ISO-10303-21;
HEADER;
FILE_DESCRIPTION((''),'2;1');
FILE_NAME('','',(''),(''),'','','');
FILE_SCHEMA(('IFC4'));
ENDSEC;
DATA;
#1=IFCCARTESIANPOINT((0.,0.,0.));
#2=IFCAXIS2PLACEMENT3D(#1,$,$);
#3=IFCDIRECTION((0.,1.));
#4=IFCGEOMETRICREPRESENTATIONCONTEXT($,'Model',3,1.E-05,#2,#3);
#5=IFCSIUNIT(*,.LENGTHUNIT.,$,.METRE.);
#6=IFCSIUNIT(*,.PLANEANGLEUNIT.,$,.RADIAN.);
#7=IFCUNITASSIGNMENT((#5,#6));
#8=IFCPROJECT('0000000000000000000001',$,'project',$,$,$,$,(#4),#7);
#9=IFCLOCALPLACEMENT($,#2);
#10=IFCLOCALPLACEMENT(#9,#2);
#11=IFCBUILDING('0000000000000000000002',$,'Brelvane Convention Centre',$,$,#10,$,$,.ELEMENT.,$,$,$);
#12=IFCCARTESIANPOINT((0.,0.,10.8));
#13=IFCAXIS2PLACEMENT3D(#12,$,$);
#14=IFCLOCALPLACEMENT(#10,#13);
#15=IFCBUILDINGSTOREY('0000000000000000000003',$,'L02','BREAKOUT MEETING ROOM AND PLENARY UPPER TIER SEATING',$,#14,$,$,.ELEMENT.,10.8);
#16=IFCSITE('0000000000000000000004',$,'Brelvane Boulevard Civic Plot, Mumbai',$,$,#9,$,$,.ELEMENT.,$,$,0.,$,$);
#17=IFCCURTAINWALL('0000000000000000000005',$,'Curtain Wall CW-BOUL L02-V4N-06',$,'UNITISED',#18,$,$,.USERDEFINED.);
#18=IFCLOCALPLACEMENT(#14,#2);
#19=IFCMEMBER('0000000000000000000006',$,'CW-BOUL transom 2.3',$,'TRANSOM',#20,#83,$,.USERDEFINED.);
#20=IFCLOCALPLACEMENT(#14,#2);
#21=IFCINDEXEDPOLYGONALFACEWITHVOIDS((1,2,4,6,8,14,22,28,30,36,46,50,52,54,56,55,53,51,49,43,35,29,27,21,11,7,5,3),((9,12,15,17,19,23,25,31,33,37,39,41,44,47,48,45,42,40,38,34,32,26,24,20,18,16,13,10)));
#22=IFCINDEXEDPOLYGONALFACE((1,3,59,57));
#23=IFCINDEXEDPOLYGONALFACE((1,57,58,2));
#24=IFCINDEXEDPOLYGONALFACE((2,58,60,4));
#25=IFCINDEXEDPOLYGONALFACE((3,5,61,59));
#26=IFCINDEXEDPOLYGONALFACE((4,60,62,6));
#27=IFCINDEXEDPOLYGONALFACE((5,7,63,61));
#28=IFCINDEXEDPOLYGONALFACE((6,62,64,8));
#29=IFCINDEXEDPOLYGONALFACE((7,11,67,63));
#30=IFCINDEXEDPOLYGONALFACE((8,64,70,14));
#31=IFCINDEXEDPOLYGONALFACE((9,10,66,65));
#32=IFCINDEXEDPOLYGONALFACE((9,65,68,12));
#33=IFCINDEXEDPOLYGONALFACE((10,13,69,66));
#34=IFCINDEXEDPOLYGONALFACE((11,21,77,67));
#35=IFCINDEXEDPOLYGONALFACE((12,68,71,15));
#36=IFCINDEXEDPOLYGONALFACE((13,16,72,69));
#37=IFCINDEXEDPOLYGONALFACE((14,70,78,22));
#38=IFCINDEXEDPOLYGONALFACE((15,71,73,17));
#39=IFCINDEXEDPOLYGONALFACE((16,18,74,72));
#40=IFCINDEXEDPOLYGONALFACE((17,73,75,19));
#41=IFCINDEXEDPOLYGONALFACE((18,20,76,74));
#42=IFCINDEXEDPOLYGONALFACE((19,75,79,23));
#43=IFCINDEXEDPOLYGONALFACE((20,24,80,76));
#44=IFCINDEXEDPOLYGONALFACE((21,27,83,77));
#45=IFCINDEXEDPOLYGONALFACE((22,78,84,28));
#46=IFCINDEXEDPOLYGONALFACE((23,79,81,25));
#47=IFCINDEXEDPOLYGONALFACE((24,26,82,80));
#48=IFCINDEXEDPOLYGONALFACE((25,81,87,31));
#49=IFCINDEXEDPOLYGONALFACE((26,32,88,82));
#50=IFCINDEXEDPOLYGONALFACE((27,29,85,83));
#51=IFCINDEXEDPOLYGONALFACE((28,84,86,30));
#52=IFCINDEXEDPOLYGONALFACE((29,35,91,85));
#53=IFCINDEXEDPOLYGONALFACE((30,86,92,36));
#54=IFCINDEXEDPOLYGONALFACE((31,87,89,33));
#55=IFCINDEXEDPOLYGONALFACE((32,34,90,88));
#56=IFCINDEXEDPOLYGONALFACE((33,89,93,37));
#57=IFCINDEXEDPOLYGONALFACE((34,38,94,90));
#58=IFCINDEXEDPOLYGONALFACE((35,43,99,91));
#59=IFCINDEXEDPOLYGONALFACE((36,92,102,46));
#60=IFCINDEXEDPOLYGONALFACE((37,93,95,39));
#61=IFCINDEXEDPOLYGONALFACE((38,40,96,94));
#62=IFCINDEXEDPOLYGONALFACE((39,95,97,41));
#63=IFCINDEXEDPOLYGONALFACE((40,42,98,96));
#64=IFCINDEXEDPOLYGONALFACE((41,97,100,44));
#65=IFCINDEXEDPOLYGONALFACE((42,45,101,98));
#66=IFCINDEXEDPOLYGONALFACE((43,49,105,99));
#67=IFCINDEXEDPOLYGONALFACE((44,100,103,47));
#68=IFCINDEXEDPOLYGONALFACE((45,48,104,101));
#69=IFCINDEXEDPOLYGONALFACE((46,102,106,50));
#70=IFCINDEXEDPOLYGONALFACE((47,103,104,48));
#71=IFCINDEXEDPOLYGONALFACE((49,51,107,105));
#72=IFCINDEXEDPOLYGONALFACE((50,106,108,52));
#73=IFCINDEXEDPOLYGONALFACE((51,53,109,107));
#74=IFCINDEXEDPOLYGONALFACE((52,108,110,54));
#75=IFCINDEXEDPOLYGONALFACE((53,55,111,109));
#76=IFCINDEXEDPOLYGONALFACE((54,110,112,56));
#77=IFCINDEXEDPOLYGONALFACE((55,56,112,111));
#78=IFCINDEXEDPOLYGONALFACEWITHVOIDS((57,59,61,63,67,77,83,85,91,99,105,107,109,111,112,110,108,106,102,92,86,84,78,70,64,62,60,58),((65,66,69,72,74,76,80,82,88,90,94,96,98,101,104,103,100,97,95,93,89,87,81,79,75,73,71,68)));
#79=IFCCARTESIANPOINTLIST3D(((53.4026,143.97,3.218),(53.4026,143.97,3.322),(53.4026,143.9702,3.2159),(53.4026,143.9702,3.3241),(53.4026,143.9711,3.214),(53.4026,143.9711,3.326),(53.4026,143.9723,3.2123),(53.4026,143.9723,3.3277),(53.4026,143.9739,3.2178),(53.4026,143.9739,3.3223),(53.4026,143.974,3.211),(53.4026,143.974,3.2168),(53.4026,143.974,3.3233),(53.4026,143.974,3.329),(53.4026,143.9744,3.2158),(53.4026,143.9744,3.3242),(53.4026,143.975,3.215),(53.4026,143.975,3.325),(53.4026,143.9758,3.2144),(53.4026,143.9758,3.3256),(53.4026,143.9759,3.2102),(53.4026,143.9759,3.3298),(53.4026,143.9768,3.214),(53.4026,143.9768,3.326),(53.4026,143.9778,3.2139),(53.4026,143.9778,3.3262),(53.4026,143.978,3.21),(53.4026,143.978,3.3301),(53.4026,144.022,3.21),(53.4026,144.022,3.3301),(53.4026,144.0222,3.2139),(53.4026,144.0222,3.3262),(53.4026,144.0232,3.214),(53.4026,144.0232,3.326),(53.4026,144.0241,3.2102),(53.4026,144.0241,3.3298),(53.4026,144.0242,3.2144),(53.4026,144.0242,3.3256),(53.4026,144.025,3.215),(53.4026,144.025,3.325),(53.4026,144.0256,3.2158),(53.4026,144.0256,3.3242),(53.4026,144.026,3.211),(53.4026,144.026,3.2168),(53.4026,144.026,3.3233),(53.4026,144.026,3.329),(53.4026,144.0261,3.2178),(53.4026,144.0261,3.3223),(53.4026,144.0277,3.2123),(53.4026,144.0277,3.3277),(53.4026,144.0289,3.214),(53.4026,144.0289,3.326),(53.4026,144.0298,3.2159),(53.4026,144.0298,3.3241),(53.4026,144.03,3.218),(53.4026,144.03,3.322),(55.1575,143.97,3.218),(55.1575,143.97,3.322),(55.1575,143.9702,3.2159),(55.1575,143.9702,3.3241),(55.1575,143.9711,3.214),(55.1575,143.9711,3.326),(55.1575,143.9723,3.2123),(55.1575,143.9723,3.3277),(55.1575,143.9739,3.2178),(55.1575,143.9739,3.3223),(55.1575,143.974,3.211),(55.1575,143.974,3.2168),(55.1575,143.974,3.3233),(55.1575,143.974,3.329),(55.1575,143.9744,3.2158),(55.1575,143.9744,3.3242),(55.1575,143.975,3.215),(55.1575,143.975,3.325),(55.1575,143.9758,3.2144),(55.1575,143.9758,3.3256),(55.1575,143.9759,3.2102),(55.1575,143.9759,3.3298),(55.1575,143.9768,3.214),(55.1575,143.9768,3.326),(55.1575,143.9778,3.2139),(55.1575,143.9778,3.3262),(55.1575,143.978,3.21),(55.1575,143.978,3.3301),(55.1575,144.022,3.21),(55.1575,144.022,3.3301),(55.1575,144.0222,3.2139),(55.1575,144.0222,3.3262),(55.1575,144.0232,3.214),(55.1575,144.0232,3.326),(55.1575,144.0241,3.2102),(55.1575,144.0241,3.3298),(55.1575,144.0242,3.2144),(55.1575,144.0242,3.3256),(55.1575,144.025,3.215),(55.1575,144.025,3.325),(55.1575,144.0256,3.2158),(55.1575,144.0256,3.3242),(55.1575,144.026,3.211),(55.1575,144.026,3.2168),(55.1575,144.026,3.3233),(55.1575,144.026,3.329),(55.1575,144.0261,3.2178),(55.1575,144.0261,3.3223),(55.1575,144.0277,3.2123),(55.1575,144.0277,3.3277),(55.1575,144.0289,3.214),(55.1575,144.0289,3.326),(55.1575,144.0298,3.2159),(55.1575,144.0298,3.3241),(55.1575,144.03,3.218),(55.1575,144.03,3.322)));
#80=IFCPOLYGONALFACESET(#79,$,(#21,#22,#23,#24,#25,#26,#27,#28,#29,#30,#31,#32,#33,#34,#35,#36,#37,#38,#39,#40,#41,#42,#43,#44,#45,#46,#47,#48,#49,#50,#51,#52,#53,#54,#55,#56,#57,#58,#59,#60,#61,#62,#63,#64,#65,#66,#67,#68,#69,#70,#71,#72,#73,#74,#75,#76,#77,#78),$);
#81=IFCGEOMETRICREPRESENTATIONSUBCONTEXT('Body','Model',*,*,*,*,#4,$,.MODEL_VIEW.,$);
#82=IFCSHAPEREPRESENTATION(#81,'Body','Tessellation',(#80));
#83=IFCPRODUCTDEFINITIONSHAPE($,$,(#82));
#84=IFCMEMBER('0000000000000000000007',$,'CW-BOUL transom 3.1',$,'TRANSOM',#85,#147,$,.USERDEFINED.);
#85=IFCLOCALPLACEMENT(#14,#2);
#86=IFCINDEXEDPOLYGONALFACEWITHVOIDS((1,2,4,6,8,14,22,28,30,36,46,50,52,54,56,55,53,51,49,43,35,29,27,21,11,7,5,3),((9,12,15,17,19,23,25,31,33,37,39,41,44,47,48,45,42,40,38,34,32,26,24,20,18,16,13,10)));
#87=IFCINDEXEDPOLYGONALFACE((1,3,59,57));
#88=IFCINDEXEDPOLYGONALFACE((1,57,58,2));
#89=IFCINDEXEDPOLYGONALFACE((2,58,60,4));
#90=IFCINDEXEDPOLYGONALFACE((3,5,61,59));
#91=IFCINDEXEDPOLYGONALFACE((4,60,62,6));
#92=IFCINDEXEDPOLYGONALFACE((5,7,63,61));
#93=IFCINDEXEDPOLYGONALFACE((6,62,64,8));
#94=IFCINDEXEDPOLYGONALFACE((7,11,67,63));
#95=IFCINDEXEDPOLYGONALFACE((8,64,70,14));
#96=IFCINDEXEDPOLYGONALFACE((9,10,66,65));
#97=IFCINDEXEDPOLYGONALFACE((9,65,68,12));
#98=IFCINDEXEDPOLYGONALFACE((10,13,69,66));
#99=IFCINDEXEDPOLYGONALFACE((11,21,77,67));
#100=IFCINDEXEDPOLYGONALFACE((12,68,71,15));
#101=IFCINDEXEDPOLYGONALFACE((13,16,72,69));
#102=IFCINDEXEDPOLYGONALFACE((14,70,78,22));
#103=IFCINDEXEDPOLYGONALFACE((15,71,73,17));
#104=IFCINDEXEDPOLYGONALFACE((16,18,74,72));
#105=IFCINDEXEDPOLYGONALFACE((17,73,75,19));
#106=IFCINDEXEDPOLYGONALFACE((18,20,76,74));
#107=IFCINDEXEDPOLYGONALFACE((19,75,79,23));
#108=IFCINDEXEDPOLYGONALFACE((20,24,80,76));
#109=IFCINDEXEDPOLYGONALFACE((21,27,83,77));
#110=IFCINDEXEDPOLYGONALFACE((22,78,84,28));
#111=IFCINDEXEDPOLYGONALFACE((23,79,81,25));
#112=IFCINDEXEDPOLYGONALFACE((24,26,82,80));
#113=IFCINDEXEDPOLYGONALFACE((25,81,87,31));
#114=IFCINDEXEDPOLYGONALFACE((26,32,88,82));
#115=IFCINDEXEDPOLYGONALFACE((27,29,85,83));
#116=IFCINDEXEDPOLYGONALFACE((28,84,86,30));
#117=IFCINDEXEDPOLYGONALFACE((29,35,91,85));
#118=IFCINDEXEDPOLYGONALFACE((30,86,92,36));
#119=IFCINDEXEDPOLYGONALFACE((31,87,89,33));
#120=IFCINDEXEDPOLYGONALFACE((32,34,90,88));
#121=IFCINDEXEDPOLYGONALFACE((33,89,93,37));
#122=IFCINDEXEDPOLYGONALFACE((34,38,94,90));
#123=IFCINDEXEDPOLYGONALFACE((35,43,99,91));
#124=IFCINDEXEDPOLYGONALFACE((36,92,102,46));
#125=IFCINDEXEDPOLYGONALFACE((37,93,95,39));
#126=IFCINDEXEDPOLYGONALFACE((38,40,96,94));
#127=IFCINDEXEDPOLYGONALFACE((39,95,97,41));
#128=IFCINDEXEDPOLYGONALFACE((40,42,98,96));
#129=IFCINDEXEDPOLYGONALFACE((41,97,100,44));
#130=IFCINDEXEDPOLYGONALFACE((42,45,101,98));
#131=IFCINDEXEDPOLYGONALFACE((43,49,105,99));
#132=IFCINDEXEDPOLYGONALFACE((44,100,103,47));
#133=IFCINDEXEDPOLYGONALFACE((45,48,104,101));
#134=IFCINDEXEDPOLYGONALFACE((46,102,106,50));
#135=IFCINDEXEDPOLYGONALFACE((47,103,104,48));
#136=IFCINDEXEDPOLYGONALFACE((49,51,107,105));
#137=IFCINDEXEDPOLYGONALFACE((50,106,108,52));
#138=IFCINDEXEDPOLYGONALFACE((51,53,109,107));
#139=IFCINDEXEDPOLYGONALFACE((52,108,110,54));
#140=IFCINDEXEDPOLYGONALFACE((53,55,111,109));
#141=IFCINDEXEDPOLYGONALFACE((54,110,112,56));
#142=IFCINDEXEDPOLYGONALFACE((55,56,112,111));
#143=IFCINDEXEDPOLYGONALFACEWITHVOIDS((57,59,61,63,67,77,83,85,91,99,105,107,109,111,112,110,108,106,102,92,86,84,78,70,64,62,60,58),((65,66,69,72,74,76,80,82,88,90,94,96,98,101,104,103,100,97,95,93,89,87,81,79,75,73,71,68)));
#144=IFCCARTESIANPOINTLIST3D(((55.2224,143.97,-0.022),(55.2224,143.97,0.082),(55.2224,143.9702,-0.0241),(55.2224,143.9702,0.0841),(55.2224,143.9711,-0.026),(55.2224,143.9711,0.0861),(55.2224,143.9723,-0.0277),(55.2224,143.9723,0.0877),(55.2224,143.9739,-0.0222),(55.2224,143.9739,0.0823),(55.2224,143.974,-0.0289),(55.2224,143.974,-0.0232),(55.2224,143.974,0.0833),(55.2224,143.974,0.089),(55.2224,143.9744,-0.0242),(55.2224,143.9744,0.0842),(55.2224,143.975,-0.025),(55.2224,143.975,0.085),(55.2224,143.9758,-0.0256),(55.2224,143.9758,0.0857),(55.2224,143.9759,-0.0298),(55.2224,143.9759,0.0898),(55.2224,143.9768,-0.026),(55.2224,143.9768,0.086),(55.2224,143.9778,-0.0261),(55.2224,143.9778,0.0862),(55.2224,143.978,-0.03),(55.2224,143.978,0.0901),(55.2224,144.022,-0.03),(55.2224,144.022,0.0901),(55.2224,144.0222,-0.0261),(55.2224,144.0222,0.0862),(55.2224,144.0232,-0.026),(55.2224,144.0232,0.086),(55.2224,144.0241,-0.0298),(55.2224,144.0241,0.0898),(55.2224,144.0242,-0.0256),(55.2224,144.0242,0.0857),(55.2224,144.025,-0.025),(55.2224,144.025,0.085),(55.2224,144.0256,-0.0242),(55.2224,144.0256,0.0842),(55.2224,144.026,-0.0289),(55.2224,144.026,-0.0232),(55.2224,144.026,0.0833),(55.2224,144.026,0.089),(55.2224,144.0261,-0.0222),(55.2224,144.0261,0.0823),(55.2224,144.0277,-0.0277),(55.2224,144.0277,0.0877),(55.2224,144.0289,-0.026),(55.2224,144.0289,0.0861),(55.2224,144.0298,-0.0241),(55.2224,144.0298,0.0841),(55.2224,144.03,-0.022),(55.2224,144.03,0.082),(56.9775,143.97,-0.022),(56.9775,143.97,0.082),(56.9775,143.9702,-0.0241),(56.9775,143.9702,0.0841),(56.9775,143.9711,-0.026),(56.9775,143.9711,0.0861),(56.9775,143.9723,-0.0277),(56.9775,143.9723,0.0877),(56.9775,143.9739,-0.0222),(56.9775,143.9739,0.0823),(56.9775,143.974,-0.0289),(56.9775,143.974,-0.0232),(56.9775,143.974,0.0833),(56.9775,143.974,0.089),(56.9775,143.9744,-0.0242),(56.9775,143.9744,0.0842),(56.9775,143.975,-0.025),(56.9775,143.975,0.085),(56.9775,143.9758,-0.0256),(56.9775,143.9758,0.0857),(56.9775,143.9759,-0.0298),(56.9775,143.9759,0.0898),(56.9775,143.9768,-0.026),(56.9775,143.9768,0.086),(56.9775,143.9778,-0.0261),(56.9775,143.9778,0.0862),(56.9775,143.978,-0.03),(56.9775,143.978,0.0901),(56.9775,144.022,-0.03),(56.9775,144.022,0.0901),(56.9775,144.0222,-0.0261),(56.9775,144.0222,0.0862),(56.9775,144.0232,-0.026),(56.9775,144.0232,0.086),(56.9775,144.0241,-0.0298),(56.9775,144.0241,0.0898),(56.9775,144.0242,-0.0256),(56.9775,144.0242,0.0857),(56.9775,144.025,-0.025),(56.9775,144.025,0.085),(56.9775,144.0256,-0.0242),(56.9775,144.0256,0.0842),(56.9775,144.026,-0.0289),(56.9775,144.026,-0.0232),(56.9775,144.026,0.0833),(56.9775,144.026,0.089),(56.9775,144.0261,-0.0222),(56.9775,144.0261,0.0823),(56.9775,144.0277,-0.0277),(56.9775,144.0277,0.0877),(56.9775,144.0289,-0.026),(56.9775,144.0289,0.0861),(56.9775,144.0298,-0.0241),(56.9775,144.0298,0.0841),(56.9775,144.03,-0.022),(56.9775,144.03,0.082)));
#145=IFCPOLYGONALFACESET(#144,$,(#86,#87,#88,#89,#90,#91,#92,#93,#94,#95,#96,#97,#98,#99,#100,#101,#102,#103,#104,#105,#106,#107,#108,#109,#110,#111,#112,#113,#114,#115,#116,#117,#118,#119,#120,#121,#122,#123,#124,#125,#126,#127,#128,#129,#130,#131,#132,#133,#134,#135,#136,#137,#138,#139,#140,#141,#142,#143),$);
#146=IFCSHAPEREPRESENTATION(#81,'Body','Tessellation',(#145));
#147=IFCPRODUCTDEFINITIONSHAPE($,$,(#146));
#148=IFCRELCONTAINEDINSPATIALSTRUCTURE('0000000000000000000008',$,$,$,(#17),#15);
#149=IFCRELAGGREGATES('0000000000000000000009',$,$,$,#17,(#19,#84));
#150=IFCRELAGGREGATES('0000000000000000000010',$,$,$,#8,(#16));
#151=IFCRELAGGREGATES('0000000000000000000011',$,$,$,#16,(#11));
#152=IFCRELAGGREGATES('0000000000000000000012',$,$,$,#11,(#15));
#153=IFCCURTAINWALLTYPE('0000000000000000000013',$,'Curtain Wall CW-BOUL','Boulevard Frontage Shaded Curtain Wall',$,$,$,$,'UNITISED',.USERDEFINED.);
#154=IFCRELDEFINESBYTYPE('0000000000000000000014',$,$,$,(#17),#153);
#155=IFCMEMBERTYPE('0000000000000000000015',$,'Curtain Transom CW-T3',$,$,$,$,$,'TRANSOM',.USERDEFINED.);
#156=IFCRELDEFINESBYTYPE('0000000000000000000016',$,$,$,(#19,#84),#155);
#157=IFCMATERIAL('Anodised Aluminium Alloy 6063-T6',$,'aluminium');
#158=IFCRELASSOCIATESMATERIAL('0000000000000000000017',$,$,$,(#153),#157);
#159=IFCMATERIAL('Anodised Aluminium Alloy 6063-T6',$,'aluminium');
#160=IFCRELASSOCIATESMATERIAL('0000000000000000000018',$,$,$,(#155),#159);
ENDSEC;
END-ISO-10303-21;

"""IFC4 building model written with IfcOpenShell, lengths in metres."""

from ifc_helpers import new_model, si_unit, direction, frame, origin, origin_2d, place, context, subcontext, project, spatial, hollow_rectangle, extrude, material, material_profile, profile_set, type_object, element, aggregate, save


model = new_model("IFC4")

# Units and contexts
model_context = context("Model", 3, precision=1e-05, world=origin(), true_north=direction((0.0, 1.0)))
body_context = subcontext(model_context, "Body", "Model", "MODEL_VIEW")
ifc_project = project(units=[si_unit("LENGTHUNIT", "METRE"), si_unit("PLANEANGLEUNIT", "RADIAN")], contexts=[model_context])

# Site, building, storey
site_placement = place(None, origin())
site = spatial("IfcSite", under=ifc_project, at=site_placement, Name="Brelvane Boulevard Civic Plot, Mumbai", CompositionType="ELEMENT", RefElevation=0.0)
building_placement = place(site_placement, origin())
building = spatial("IfcBuilding", under=site, at=building_placement, Name="Brelvane Convention Centre", CompositionType="ELEMENT")
storey_placement = place(building_placement, frame((0.0, 0.0, 10.8)))
storey = spatial("IfcBuildingStorey", under=building, at=storey_placement, Name="L02", Description="BREAKOUT MEETING ROOM AND PLENARY UPPER TIER SEATING", CompositionType="ELEMENT", Elevation=10.8)

# Curtain wall, members
ifc_material_1 = material(Name="Anodised Aluminium Alloy 6063-T6", Category="aluminium")
curtain_wall_type = type_object("IfcCurtainWallType", Name="Curtain Wall CW-BOUL", Description="Boulevard Frontage Shaded Curtain Wall", ElementType="UNITISED", PredefinedType="USERDEFINED", material=ifc_material_1)
curtain_wall_placement = place(storey_placement, origin())
curtain_wall = element("IfcCurtainWall", 1, at=curtain_wall_placement, inside=storey, type_object=curtain_wall_type, Name="Curtain Wall CW-BOUL L02-V4N-06", ObjectType="UNITISED", PredefinedType="USERDEFINED")
ifc_material_2 = material(Name="Anodised Aluminium Alloy 6063-T6", Category="aluminium")
ifc_material_profile_1 = material_profile(ifc_material_2, hollow_rectangle(XDim=0.0601, YDim=0.1201, WallThickness=0.0039, InnerFilletRadius=0.0039, OuterFilletRadius=0.0081, at=origin_2d()), Name="ALU-T 120x60x4.0")
ifc_profile_set_1 = profile_set([ifc_material_profile_1], Name="Anodised Aluminium Alloy 6063-T6")
member_type_1 = type_object("IfcMemberType", Name="Curtain Transom CW-T3", ElementType="TRANSOM", PredefinedType="USERDEFINED", material=ifc_profile_set_1)
member_1_placement = place(storey_placement, frame((53.4026, 144.0, 3.27), z_axis=(1.0, 0.0, 0.0), x_axis=(0.0, 1.0, 0.0)))
member_1 = element("IfcMember", 2, at=member_1_placement, type_object=member_type_1, Name="CW-BOUL transom 2.3", ObjectType="TRANSOM", PredefinedType="USERDEFINED", context=body_context, shape_type="SweptSolid", body=[
    extrude(hollow_rectangle(XDim=0.0601, YDim=0.1201, WallThickness=0.0039, InnerFilletRadius=0.0039, OuterFilletRadius=0.0081, at=origin_2d()), origin(), (0.0, 0.0, 1.0), 1.7549),
])
member_2_placement = place(storey_placement, frame((55.2224, 144.0, 0.03), z_axis=(1.0, 0.0, 0.0), x_axis=(0.0, 1.0, 0.0)))
member_2 = element("IfcMember", 3, at=member_2_placement, type_object=member_type_1, Name="CW-BOUL transom 3.1", ObjectType="TRANSOM", PredefinedType="USERDEFINED", context=body_context, shape_type="SweptSolid", body=[
    extrude(hollow_rectangle(XDim=0.0601, YDim=0.1201, WallThickness=0.0039, InnerFilletRadius=0.0039, OuterFilletRadius=0.0081, at=origin_2d()), origin(), (0.0, 0.0, 1.0), 1.7551),
])

aggregate(curtain_wall, [member_1, member_2])

save(model, "model.ifc")
